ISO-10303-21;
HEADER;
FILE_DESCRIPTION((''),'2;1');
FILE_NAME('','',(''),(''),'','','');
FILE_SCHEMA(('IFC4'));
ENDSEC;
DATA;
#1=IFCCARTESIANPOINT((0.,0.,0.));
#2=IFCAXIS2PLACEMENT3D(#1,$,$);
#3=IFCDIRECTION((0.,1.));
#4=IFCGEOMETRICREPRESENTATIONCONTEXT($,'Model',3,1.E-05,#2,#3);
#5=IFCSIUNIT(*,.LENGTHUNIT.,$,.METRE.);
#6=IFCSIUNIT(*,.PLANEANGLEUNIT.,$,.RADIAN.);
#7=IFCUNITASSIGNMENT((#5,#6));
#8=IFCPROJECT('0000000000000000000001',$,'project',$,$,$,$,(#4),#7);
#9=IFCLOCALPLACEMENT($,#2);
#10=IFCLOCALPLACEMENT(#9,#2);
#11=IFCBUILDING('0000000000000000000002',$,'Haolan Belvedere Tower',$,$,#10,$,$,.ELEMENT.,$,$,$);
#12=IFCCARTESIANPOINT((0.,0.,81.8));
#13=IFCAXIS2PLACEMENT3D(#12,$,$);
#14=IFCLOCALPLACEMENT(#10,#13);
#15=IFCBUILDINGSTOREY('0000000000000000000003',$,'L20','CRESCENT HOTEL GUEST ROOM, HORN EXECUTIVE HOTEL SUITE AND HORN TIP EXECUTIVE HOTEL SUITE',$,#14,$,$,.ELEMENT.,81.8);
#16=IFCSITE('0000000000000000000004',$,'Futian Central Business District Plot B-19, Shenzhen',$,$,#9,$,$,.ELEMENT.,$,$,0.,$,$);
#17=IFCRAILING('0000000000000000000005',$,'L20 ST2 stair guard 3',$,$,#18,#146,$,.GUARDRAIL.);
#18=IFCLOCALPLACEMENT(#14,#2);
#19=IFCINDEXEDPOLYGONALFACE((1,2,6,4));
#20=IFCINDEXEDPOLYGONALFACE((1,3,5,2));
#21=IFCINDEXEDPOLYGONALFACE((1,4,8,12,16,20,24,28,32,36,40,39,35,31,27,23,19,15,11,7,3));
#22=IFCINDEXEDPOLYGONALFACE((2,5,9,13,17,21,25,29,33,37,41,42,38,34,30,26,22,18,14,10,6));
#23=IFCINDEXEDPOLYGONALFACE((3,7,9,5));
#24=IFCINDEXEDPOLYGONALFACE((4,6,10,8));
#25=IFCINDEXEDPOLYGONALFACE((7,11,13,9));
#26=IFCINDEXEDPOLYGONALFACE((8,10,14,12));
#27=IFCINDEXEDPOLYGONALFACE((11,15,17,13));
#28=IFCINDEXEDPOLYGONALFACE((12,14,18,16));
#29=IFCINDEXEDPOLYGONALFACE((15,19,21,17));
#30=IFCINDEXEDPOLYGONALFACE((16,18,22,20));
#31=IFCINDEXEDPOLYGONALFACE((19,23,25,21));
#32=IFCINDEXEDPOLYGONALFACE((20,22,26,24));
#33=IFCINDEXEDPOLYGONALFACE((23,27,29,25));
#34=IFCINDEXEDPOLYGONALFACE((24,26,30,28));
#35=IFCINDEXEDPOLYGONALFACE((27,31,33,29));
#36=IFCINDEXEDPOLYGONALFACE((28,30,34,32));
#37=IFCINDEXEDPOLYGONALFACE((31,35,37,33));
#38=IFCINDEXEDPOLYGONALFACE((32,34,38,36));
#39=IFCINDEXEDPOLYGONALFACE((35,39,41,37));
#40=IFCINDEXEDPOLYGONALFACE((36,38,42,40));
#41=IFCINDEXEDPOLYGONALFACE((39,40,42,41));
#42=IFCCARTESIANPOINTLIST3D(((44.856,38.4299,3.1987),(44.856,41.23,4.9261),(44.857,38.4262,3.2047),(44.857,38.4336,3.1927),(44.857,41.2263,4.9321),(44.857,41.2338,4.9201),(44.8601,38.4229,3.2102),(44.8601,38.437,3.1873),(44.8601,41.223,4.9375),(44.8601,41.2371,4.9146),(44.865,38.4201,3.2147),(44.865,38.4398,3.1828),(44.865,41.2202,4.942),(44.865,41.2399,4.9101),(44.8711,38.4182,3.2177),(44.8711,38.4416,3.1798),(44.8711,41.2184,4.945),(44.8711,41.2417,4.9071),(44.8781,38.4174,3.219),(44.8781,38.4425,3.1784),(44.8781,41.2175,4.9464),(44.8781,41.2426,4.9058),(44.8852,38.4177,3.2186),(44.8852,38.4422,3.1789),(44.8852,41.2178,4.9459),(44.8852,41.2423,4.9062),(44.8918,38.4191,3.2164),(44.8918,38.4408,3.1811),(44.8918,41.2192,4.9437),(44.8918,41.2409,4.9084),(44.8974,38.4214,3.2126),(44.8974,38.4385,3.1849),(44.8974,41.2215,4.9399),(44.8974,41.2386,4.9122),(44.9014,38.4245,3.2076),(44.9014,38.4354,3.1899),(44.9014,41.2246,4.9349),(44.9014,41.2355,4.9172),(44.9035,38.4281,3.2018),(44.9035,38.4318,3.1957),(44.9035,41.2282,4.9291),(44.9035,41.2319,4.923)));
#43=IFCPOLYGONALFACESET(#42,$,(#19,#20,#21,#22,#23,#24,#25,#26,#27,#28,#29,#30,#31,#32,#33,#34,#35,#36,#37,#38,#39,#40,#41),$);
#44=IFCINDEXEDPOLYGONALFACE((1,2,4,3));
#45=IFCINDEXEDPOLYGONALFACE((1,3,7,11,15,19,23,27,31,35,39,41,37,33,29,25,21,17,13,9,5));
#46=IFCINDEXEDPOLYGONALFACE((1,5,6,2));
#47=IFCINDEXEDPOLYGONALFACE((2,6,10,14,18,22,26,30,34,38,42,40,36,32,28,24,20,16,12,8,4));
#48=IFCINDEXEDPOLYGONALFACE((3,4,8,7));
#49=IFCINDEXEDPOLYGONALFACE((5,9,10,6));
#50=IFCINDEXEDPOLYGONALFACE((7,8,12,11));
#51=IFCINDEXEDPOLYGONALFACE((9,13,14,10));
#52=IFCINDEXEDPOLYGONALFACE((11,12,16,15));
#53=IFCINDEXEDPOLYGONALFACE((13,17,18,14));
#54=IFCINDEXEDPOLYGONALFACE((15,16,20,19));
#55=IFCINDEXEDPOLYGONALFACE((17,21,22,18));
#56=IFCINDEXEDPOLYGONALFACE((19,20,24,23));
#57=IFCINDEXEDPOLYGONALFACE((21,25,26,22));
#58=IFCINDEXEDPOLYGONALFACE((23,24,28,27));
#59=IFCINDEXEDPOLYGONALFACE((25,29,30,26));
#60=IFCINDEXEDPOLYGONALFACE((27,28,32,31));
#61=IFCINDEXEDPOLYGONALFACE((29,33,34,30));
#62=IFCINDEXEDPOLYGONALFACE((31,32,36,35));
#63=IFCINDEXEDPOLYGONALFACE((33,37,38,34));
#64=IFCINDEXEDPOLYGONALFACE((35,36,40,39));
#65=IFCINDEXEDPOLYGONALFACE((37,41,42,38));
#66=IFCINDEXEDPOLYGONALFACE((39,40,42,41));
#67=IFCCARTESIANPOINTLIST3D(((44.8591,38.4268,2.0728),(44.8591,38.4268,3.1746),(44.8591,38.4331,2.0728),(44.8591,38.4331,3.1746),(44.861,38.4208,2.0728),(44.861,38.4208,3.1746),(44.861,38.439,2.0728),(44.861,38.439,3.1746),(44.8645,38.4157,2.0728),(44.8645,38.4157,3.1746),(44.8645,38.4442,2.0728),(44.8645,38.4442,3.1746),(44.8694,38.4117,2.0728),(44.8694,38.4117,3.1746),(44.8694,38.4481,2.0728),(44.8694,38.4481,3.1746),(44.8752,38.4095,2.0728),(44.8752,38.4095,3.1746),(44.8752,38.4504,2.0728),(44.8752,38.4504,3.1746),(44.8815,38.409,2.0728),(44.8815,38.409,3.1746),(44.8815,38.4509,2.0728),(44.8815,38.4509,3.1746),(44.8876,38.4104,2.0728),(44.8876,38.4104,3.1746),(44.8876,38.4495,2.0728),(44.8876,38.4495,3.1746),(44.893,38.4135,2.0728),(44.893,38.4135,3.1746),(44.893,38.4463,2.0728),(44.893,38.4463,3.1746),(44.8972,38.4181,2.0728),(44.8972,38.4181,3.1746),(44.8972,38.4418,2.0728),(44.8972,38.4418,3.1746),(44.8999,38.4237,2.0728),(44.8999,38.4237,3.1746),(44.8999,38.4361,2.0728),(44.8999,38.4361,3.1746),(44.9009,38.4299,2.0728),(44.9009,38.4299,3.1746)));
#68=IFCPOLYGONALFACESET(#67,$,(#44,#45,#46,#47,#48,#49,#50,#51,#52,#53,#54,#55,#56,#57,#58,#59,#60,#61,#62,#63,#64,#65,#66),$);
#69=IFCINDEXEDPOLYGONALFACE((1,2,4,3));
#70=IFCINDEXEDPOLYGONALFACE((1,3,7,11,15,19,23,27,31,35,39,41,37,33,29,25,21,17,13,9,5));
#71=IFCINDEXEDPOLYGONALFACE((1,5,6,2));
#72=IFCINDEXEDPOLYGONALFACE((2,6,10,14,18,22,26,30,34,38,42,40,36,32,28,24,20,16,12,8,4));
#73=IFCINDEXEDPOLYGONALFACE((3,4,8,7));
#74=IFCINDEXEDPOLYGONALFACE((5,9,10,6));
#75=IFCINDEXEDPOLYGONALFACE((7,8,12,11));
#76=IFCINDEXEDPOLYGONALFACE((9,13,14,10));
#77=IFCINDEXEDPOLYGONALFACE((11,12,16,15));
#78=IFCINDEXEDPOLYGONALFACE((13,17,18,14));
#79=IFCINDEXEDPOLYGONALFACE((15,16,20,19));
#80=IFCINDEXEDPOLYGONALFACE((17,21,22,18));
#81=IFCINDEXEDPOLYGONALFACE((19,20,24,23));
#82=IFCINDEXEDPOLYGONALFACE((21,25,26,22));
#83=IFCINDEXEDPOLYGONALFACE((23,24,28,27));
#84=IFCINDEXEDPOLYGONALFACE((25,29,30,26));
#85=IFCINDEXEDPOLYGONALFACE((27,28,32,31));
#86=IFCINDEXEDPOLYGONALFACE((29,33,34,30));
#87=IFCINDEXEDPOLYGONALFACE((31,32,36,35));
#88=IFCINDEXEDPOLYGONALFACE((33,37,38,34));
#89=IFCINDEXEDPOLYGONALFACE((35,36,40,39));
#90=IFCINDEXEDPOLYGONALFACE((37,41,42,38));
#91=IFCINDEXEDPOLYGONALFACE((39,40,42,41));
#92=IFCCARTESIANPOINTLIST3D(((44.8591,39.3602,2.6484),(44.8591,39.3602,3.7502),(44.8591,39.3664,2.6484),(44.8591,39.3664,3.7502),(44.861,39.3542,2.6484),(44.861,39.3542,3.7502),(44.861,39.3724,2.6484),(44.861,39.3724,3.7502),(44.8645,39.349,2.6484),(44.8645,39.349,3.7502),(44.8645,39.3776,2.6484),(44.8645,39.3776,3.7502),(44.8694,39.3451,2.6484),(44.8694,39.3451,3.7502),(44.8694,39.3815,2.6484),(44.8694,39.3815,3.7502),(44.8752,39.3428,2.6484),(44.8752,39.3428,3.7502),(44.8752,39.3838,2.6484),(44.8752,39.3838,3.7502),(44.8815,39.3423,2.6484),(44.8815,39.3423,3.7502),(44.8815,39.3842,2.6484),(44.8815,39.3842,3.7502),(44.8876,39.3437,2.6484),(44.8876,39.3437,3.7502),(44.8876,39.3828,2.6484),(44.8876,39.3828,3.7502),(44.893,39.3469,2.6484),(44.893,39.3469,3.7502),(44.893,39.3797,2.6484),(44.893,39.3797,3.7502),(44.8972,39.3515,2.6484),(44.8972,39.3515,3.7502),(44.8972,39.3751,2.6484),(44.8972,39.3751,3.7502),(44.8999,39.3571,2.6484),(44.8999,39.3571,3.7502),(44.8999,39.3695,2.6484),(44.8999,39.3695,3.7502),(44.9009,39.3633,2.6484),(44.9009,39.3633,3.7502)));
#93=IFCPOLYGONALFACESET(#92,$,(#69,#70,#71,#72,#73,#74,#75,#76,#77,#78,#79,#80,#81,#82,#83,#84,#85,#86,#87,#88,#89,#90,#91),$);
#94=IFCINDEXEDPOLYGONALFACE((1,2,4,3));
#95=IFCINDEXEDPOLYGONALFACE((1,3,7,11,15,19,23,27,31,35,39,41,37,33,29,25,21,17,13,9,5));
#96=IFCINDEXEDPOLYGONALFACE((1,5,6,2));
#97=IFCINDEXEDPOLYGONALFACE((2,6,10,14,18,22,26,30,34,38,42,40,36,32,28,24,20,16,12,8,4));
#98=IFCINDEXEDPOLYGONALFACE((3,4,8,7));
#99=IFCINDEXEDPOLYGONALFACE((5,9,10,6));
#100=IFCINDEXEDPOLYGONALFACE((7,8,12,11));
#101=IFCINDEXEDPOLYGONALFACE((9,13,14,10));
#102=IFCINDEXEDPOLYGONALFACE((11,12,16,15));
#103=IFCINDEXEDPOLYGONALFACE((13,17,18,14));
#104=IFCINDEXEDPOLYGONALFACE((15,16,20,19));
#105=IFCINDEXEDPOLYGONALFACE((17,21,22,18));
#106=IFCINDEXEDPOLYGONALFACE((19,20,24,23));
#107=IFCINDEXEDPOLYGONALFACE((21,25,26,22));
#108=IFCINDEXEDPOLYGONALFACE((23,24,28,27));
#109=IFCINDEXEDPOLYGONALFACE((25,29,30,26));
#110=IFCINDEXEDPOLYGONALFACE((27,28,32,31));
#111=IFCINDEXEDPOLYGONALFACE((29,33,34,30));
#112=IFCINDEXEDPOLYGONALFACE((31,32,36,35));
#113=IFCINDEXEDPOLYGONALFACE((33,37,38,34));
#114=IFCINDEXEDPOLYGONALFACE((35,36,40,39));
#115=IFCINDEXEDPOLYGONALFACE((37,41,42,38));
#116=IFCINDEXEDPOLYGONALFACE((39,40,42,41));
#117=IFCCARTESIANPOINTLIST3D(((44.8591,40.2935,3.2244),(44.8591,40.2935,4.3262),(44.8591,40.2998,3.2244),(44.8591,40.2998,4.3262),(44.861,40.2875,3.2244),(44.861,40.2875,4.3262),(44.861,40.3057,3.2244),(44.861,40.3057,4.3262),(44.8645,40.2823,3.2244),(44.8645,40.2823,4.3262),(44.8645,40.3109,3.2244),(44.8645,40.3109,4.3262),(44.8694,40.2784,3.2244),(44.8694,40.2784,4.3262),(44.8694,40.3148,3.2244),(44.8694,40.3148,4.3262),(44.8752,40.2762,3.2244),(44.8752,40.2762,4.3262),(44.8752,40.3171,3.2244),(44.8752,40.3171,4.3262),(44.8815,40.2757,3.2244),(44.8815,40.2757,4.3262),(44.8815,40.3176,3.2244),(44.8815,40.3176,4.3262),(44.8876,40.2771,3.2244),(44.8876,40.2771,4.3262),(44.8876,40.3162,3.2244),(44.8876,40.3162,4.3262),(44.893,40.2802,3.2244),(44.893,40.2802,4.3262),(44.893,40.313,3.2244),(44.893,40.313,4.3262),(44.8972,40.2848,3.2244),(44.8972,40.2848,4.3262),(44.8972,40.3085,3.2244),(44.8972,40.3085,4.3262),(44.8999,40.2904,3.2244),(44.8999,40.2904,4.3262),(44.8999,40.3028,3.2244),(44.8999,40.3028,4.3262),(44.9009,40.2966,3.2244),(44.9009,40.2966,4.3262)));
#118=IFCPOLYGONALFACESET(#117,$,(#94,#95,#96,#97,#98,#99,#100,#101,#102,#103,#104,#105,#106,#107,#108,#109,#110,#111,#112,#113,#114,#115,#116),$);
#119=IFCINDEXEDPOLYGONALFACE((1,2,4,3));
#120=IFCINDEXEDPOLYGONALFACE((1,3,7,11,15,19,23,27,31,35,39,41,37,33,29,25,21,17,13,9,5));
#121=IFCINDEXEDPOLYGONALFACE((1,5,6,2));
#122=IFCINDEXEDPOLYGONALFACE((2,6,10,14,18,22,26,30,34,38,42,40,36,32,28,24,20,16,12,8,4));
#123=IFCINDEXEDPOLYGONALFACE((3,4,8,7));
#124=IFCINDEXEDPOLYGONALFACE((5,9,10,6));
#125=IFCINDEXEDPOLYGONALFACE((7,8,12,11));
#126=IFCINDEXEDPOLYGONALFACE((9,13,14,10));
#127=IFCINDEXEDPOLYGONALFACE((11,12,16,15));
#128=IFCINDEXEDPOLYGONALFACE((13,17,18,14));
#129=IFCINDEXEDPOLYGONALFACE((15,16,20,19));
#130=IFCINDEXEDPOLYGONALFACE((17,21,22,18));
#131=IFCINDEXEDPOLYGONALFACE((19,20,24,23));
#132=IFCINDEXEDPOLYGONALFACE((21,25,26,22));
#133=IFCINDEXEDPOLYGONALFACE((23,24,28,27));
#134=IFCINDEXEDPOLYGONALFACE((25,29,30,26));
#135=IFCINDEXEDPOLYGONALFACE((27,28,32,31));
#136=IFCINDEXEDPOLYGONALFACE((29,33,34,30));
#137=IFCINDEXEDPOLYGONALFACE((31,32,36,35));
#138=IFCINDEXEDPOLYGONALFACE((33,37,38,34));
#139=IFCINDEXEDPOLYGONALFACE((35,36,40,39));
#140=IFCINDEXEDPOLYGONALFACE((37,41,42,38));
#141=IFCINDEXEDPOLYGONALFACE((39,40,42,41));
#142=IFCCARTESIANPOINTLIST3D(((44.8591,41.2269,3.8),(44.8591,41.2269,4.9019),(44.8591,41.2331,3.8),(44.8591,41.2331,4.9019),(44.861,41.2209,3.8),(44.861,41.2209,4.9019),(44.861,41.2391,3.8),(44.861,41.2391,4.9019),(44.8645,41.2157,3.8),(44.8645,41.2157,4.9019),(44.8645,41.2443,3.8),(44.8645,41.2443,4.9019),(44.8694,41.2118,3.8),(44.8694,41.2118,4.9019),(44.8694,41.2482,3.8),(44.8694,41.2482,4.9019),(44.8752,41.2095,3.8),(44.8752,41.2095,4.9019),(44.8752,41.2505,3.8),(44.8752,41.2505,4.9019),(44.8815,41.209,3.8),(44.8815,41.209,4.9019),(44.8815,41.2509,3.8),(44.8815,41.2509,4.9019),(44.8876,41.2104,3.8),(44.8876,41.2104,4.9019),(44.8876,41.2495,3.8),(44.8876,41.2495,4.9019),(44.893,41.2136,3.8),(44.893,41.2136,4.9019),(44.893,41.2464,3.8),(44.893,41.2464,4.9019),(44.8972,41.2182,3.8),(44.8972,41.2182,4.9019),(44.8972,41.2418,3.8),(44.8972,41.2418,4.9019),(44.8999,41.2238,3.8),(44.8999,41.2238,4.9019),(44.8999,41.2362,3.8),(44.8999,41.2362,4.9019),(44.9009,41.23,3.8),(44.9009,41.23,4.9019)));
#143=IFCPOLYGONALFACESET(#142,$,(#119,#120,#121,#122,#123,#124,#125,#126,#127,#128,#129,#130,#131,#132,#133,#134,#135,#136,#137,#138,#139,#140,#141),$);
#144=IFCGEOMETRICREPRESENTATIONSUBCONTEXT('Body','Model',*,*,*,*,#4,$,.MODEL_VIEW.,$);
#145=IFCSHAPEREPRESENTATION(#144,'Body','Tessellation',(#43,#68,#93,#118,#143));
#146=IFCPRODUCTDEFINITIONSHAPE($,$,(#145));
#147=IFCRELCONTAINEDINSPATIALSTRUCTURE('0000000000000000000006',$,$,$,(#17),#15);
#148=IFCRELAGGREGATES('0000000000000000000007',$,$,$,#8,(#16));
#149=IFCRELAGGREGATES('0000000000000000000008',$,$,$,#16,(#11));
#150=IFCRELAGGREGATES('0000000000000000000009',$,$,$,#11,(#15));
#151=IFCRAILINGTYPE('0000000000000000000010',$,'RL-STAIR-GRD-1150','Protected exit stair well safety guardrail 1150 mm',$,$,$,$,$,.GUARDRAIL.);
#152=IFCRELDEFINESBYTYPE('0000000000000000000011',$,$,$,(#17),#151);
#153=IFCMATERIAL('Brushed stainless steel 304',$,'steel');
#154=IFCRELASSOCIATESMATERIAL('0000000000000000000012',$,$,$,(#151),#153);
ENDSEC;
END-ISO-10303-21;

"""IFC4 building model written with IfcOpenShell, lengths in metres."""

from ifc_helpers import new_model, si_unit, direction, frame, origin, origin_2d, place, context, subcontext, project, spatial, circle, extrude, material, type_object, element, save


model = new_model("IFC4")

# Units and contexts
model_context = context("Model", 3, precision=1e-05, world=origin(), true_north=direction((0.0, 1.0)))
body_context = subcontext(model_context, "Body", "Model", "MODEL_VIEW")
ifc_project = project(units=[si_unit("LENGTHUNIT", "METRE"), si_unit("PLANEANGLEUNIT", "RADIAN")], contexts=[model_context])

# Site, building, storey
site_placement = place(None, origin())
site = spatial("IfcSite", under=ifc_project, at=site_placement, Name="Futian Central Business District Plot B-19, Shenzhen", CompositionType="ELEMENT", RefElevation=0.0)
building_placement = place(site_placement, origin())
building = spatial("IfcBuilding", under=site, at=building_placement, Name="Haolan Belvedere Tower", CompositionType="ELEMENT")
storey_placement = place(building_placement, frame((0.0, 0.0, 81.8)))
storey = spatial("IfcBuildingStorey", under=building, at=storey_placement, Name="L20", Description="CRESCENT HOTEL GUEST ROOM, HORN EXECUTIVE HOTEL SUITE AND HORN TIP EXECUTIVE HOTEL SUITE", CompositionType="ELEMENT", Elevation=81.8)

# Railing
ifc_material_1 = material(Name="Brushed stainless steel 304", Category="steel")
railing_type_1 = type_object("IfcRailingType", Name="RL-STAIR-GRD-1150", Description="Protected exit stair well safety guardrail 1150 mm", PredefinedType="GUARDRAIL", material=ifc_material_1)
railing_1_placement = place(storey_placement, frame((44.8799, 38.4299, 2.0728)))
element("IfcRailing", 1, at=railing_1_placement, inside=storey, type_object=railing_type_1, Name="L20 ST2 stair guard 3", PredefinedType="GUARDRAIL", context=body_context, shape_type="SweptSolid", body=[
    extrude(circle(Radius=0.0239, at=origin_2d()), frame((0.0, 0.0, 1.126), z_axis=(0.0, 0.85109, 0.52502), x_axis=(-1.0, 0.0, 0.0)), (0.0, 0.0, 1.0), 3.29),
    extrude(circle(Radius=0.021, at=origin_2d()), origin(), (0.0, 0.0, 1.0), 1.1018),
    extrude(circle(Radius=0.021, at=origin_2d()), frame((0.0, 0.9333, 0.5757)), (0.0, 0.0, 1.0), 1.1018),
    extrude(circle(Radius=0.021, at=origin_2d()), frame((0.0, 1.8667, 1.1516)), (0.0, 0.0, 1.0), 1.1018),
    extrude(circle(Radius=0.021, at=origin_2d()), frame((0.0, 2.8, 1.7273)), (0.0, 0.0, 1.0), 1.1018),
])

save(model, "model.ifc")
